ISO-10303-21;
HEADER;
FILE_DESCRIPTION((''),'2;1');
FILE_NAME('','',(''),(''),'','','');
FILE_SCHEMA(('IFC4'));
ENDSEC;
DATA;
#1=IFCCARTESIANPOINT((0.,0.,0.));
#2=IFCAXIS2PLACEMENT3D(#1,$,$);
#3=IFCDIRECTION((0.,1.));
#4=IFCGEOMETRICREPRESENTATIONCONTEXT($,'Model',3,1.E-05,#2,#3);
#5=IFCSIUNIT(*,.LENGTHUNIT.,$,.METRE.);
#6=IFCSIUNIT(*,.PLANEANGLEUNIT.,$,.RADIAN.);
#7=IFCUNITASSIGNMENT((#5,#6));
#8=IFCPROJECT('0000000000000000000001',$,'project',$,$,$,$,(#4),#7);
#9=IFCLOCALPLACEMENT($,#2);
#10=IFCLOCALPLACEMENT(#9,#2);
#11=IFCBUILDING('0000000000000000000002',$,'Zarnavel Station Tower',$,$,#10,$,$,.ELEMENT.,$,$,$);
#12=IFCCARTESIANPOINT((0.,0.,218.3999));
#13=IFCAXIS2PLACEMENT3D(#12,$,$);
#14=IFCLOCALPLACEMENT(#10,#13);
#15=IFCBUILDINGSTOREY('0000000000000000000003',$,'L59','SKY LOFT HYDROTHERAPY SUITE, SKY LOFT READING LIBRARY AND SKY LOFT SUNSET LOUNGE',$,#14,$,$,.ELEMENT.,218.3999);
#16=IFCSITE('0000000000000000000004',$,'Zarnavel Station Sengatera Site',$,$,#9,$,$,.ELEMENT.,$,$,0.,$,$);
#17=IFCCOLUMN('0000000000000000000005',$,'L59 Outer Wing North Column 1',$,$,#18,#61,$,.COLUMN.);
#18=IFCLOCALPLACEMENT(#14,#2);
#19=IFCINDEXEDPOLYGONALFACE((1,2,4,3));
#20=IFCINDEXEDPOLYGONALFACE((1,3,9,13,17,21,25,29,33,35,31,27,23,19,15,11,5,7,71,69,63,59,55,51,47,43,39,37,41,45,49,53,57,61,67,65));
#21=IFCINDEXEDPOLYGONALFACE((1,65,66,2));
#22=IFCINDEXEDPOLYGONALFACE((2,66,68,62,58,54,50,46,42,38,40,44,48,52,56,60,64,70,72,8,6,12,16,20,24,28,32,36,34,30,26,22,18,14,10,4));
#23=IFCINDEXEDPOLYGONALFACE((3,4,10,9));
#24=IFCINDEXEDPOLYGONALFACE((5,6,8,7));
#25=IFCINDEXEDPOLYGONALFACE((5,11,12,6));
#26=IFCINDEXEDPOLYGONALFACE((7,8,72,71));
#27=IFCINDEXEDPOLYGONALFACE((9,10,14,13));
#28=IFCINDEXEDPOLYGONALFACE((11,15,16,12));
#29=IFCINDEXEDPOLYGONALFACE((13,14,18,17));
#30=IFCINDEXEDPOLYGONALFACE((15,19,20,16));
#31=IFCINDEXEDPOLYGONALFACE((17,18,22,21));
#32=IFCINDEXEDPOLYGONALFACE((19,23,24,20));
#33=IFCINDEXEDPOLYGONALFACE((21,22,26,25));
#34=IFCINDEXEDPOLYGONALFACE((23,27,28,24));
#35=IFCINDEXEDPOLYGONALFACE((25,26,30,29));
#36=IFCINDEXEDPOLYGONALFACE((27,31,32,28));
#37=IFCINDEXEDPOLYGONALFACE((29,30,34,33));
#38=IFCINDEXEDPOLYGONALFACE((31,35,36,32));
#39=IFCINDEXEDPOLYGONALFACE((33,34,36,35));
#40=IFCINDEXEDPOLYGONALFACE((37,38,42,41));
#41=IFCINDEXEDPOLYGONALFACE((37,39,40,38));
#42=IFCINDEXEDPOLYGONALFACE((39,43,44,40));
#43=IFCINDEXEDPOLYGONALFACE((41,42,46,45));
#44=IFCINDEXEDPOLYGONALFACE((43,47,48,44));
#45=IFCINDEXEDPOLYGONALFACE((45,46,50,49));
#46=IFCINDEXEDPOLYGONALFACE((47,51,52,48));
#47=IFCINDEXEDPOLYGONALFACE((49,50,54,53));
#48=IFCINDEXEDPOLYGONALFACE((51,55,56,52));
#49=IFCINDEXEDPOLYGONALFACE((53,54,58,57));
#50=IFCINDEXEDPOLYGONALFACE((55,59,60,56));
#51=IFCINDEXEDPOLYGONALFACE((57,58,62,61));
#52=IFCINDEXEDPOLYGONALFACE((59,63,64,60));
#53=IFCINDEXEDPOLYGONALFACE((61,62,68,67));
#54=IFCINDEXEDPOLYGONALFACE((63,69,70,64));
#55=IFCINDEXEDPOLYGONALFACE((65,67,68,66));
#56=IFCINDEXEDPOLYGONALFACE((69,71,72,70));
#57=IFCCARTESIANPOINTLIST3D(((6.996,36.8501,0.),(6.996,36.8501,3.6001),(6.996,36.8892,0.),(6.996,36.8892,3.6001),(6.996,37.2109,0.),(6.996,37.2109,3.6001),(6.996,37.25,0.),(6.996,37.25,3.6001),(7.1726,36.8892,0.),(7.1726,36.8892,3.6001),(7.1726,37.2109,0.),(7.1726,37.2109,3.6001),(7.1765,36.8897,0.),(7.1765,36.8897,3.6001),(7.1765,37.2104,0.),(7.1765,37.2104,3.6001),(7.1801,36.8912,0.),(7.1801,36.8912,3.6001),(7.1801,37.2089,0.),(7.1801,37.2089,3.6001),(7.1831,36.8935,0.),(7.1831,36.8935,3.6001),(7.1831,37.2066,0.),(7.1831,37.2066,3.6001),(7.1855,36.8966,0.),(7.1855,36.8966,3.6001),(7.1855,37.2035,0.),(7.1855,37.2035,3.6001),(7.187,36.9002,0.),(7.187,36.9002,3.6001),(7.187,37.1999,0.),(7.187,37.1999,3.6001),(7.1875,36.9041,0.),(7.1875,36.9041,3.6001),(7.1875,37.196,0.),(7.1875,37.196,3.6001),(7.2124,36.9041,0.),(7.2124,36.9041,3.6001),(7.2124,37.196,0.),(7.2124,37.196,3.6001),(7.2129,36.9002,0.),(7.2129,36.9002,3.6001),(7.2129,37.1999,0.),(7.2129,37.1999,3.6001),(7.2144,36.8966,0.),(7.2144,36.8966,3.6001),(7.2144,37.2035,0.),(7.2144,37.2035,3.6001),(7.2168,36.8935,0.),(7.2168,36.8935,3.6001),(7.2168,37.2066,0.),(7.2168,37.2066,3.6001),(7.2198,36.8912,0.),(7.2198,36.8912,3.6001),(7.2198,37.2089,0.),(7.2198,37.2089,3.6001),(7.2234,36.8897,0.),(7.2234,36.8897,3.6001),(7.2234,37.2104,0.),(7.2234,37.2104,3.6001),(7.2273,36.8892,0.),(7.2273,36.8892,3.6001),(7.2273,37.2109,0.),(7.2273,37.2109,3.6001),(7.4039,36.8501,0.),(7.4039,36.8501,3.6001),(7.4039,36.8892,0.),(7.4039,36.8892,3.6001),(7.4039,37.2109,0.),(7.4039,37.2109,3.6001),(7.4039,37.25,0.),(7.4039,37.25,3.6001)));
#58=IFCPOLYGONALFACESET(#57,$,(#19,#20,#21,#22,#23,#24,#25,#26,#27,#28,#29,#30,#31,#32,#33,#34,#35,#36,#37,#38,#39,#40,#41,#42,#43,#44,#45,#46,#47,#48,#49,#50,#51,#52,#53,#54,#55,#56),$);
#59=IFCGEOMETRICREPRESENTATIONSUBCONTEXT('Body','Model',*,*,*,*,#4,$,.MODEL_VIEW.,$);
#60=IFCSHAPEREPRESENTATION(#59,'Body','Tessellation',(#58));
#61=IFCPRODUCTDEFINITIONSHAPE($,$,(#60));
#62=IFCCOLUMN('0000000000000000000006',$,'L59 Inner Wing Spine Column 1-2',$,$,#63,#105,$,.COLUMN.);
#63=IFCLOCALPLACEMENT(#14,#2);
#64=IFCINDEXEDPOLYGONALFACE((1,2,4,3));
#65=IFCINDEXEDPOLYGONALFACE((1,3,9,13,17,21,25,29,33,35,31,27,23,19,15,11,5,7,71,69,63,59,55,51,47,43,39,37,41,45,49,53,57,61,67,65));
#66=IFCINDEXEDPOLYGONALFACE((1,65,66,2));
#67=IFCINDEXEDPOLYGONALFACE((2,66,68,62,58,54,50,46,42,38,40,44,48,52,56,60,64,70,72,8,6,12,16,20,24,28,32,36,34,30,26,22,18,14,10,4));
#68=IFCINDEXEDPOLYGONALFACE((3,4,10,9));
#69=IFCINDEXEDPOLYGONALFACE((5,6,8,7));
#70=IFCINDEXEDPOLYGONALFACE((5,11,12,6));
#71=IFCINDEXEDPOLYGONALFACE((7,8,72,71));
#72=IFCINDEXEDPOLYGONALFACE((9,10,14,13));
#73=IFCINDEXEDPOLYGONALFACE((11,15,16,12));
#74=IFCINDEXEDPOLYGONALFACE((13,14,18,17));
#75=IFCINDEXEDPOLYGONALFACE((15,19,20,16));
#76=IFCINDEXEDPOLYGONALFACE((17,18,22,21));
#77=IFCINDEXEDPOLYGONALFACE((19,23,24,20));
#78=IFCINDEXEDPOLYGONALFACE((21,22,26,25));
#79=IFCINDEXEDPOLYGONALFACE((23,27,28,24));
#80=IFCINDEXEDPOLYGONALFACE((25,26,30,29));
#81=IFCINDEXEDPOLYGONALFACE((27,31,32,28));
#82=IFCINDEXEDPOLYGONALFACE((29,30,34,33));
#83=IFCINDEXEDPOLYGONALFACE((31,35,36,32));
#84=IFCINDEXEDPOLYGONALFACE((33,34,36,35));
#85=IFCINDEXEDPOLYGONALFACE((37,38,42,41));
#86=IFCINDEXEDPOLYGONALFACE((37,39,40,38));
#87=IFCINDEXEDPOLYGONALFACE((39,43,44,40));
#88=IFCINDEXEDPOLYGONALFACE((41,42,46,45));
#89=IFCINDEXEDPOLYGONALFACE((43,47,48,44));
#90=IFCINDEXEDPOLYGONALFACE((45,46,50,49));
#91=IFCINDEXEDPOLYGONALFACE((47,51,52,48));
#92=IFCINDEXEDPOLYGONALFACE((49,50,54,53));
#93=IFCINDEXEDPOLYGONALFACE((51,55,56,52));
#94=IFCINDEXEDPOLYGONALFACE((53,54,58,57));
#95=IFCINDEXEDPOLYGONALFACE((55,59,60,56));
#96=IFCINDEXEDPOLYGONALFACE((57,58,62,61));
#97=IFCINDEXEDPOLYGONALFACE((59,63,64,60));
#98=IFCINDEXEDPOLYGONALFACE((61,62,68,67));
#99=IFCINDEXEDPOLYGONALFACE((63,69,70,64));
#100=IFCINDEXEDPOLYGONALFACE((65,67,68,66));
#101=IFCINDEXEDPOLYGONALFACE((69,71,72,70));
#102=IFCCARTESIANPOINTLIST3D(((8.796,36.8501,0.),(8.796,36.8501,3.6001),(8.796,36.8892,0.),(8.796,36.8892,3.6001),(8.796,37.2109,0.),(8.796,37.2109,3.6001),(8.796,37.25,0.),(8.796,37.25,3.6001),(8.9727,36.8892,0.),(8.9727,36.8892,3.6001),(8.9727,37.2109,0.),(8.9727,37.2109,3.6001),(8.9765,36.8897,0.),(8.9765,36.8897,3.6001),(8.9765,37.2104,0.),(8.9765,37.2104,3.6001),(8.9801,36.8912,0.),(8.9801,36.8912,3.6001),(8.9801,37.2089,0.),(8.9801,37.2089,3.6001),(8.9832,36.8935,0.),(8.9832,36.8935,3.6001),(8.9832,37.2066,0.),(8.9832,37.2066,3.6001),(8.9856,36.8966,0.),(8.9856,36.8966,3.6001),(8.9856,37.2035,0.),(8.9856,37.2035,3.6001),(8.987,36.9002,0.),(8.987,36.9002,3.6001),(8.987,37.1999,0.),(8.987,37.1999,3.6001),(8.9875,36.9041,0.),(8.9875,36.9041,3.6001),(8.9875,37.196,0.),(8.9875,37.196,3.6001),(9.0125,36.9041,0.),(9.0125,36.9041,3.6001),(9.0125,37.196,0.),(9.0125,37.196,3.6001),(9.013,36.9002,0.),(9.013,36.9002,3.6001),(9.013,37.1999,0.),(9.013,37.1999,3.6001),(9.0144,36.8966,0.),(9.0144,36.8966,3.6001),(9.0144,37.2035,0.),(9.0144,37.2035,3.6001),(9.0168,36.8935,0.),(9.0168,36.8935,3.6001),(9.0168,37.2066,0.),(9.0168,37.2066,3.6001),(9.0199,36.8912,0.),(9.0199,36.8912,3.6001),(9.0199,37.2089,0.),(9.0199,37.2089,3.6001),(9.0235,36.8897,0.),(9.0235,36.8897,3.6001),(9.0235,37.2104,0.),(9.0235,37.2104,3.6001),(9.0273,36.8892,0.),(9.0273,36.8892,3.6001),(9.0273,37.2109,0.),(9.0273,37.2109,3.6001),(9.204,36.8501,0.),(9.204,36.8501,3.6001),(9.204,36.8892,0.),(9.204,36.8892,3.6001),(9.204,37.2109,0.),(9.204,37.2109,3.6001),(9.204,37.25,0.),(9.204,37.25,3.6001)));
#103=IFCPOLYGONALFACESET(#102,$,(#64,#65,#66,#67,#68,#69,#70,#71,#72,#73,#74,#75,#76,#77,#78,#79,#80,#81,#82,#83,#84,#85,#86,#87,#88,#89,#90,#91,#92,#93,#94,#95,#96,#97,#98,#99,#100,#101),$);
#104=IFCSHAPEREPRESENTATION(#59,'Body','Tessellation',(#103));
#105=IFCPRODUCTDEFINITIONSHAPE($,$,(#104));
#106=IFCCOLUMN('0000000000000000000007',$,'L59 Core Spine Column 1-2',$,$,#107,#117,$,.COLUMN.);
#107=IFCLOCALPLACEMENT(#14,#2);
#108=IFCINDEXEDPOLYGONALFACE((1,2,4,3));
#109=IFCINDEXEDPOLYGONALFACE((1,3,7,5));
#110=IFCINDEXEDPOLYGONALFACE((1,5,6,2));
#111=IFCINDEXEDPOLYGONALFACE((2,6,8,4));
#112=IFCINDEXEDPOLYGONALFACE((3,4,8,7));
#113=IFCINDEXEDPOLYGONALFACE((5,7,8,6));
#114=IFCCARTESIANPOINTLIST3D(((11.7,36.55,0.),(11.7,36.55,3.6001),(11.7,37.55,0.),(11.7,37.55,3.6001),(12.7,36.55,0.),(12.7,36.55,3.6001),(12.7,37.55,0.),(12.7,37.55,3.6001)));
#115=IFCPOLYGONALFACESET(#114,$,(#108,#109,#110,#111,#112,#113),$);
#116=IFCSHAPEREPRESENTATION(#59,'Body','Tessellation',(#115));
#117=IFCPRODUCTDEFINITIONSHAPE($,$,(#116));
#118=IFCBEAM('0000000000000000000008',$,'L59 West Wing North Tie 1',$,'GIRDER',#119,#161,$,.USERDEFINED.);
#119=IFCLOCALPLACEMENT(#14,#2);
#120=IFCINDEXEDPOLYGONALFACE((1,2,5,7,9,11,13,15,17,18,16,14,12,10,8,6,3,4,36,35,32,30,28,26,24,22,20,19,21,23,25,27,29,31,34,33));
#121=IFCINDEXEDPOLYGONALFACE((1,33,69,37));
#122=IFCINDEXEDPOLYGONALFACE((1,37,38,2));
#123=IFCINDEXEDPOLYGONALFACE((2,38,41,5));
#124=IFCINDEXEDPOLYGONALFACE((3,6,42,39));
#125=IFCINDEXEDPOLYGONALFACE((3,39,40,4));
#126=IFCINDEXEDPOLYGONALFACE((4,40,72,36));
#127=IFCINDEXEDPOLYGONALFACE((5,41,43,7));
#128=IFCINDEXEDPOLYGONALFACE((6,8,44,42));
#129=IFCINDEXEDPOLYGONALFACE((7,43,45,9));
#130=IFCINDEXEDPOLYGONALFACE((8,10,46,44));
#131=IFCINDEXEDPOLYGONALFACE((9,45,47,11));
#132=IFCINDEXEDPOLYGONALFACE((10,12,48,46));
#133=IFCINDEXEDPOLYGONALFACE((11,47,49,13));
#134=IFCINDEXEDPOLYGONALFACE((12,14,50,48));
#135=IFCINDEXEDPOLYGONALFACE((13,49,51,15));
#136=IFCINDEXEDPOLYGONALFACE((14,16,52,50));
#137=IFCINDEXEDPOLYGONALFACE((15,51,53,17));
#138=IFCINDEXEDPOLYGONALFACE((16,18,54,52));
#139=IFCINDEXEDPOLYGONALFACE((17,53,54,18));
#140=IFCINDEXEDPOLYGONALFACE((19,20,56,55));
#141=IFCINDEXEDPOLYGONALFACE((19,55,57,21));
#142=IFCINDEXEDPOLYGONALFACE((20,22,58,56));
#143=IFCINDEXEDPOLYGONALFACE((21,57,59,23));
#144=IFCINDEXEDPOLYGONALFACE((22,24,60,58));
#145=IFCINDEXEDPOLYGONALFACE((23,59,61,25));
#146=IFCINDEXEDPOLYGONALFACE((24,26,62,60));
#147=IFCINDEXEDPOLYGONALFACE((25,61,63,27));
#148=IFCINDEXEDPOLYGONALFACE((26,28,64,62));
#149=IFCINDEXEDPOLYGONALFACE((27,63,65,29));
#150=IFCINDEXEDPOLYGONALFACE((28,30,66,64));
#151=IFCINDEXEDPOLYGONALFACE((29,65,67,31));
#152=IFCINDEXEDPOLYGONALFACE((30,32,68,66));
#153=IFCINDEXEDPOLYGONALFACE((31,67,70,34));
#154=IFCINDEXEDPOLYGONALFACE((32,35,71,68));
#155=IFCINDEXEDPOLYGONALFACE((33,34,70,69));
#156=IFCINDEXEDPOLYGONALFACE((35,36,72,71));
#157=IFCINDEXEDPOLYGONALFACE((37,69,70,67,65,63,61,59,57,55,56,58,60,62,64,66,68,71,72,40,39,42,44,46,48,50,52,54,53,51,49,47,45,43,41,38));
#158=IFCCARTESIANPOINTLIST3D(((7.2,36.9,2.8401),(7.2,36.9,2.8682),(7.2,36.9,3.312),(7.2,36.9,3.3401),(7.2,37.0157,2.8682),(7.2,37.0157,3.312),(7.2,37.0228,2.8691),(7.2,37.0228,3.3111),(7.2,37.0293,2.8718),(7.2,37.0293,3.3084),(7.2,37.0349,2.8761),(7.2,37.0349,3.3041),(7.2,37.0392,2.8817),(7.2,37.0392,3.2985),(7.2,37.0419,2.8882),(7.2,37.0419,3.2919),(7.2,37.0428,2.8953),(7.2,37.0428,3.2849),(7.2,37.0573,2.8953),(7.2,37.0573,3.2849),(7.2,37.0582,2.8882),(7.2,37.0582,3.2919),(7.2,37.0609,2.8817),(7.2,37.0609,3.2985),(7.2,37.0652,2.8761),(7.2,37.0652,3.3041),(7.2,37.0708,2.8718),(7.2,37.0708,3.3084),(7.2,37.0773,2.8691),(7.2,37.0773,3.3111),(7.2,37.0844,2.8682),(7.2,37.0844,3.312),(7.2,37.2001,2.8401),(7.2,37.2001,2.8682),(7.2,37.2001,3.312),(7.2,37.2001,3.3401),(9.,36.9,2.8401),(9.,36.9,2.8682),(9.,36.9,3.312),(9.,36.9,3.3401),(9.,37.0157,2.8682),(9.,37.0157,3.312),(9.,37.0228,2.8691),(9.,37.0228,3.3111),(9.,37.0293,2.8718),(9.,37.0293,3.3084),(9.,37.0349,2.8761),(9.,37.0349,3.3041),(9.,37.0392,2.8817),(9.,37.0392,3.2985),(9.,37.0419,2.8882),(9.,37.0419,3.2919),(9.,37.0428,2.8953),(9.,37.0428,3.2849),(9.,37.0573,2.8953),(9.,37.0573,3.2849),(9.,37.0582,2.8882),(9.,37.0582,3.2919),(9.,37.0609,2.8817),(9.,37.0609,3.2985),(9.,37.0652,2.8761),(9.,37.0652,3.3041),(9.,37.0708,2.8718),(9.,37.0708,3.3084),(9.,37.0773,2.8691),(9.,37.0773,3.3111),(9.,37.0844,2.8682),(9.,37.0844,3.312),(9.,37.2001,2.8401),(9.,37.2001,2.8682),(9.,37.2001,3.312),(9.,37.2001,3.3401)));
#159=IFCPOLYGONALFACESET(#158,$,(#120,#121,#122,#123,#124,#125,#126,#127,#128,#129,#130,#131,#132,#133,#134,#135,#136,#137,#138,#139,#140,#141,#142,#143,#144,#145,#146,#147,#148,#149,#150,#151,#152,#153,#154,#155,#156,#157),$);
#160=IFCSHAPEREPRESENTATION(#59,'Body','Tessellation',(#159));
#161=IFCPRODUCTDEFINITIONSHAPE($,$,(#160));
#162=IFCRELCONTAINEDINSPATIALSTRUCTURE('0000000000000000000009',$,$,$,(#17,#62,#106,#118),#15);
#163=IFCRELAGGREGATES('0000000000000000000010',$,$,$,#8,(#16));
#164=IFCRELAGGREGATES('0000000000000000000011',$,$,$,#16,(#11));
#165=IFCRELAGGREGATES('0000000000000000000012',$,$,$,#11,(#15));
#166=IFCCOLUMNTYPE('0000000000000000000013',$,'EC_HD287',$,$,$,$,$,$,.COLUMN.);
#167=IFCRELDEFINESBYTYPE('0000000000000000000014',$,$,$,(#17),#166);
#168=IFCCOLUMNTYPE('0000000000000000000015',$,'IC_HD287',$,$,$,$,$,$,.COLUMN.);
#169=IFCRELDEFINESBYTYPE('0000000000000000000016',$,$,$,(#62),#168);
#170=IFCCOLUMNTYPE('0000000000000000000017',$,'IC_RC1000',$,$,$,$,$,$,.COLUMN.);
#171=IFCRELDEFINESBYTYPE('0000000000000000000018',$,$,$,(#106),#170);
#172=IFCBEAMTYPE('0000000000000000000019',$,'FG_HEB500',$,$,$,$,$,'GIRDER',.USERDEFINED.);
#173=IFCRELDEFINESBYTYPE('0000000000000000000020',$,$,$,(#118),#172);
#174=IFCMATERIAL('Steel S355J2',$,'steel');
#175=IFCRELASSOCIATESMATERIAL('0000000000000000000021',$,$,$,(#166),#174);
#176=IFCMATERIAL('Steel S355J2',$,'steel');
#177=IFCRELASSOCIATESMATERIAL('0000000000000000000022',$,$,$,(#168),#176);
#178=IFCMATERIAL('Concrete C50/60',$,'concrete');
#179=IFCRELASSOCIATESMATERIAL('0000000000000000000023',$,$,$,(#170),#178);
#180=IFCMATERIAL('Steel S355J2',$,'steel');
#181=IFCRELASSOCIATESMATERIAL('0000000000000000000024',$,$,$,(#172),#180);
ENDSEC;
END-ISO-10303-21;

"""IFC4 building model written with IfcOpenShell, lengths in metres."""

from ifc_helpers import new_model, si_unit, direction, frame, origin, origin_2d, place, context, subcontext, project, spatial, rectangle, i_section, extrude, material, material_profile, profile_set, type_object, element, save


model = new_model("IFC4")

# Units and contexts
model_context = context("Model", 3, precision=1e-05, world=origin(), true_north=direction((0.0, 1.0)))
body_context = subcontext(model_context, "Body", "Model", "MODEL_VIEW")
ifc_project = project(units=[si_unit("LENGTHUNIT", "METRE"), si_unit("PLANEANGLEUNIT", "RADIAN")], contexts=[model_context])

# Site, building, storey
site_placement = place(None, origin())
site = spatial("IfcSite", under=ifc_project, at=site_placement, Name="Zarnavel Station Sengatera Site", CompositionType="ELEMENT", RefElevation=0.0)
building_placement = place(site_placement, origin())
building = spatial("IfcBuilding", under=site, at=building_placement, Name="Zarnavel Station Tower", CompositionType="ELEMENT")
storey_placement = place(building_placement, frame((0.0, 0.0, 218.3999)))
storey = spatial("IfcBuildingStorey", under=building, at=storey_placement, Name="L59", Description="SKY LOFT HYDROTHERAPY SUITE, SKY LOFT READING LIBRARY AND SKY LOFT SUNSET LOUNGE", CompositionType="ELEMENT", Elevation=218.3999)

# Columns
ifc_material_1 = material(Name="Steel S355J2", Category="steel")
ifc_material_profile_1 = material_profile(ifc_material_1, i_section(OverallWidth=0.408, OverallDepth=0.3999, WebThickness=0.0249, FlangeThickness=0.0391, FilletRadius=0.0149, at=origin_2d()), Name="HD400x287")
ifc_profile_set_1 = profile_set([ifc_material_profile_1], Name="Steel S355J2")
column_type_1 = type_object("IfcColumnType", Name="EC_HD287", PredefinedType="COLUMN", material=ifc_profile_set_1)
column_1_placement = place(storey_placement, frame((7.2, 37.05, 0.0), z_axis=(0.0, 0.0, 1.0), x_axis=(1.0, 0.0, 0.0)))
element("IfcColumn", 1, at=column_1_placement, inside=storey, type_object=column_type_1, Name="L59 Outer Wing North Column 1", PredefinedType="COLUMN", context=body_context, shape_type="SweptSolid", body=[
    extrude(i_section(OverallWidth=0.408, OverallDepth=0.3999, WebThickness=0.0249, FlangeThickness=0.0391, FilletRadius=0.0149, at=origin_2d()), origin(), (0.0, 0.0, 1.0), 3.6001),
])
ifc_material_2 = material(Name="Steel S355J2", Category="steel")
ifc_material_profile_2 = material_profile(ifc_material_2, i_section(OverallWidth=0.408, OverallDepth=0.3999, WebThickness=0.0249, FlangeThickness=0.0391, FilletRadius=0.0149, at=origin_2d()), Name="HD400x287")
ifc_profile_set_2 = profile_set([ifc_material_profile_2], Name="Steel S355J2")
column_type_2 = type_object("IfcColumnType", Name="IC_HD287", PredefinedType="COLUMN", material=ifc_profile_set_2)
column_2_placement = place(storey_placement, frame((9.0, 37.05, 0.0), z_axis=(0.0, 0.0, 1.0), x_axis=(1.0, 0.0, 0.0)))
element("IfcColumn", 2, at=column_2_placement, inside=storey, type_object=column_type_2, Name="L59 Inner Wing Spine Column 1-2", PredefinedType="COLUMN", context=body_context, shape_type="SweptSolid", body=[
    extrude(i_section(OverallWidth=0.408, OverallDepth=0.3999, WebThickness=0.0249, FlangeThickness=0.0391, FilletRadius=0.0149, at=origin_2d()), origin(), (0.0, 0.0, 1.0), 3.6001),
])
ifc_material_3 = material(Name="Concrete C50/60", Category="concrete")
ifc_material_profile_3 = material_profile(ifc_material_3, rectangle(XDim=1.0, YDim=1.0, at=origin_2d()), Name="RC1000x1000")
ifc_profile_set_3 = profile_set([ifc_material_profile_3], Name="Concrete C50/60")
column_type_3 = type_object("IfcColumnType", Name="IC_RC1000", PredefinedType="COLUMN", material=ifc_profile_set_3)
column_3_placement = place(storey_placement, frame((12.2, 37.05, 0.0), z_axis=(0.0, 0.0, 1.0), x_axis=(1.0, 0.0, 0.0)))
element("IfcColumn", 3, at=column_3_placement, inside=storey, type_object=column_type_3, Name="L59 Core Spine Column 1-2", PredefinedType="COLUMN", context=body_context, shape_type="SweptSolid", body=[
    extrude(rectangle(XDim=1.0, YDim=1.0, at=origin_2d()), origin(), (0.0, 0.0, 1.0), 3.6001),
])

# Beam
ifc_material_4 = material(Name="Steel S355J2", Category="steel")
ifc_material_profile_4 = material_profile(ifc_material_4, i_section(OverallWidth=0.3, OverallDepth=0.5, WebThickness=0.0144, FlangeThickness=0.0281, FilletRadius=0.0271, at=origin_2d()), Name="HEB500")
ifc_profile_set_4 = profile_set([ifc_material_profile_4], Name="Steel S355J2")
beam_type = type_object("IfcBeamType", Name="FG_HEB500", ElementType="GIRDER", PredefinedType="USERDEFINED", material=ifc_profile_set_4)
beam_1_placement = place(storey_placement, frame((7.2, 37.05, 3.0901), z_axis=(1.0, 0.0, 0.0), x_axis=(0.0, 1.0, 0.0)))
element("IfcBeam", 4, at=beam_1_placement, inside=storey, type_object=beam_type, Name="L59 West Wing North Tie 1", ObjectType="GIRDER", PredefinedType="USERDEFINED", context=body_context, shape_type="SweptSolid", body=[
    extrude(i_section(OverallWidth=0.3, OverallDepth=0.5, WebThickness=0.0144, FlangeThickness=0.0281, FilletRadius=0.0271, at=origin_2d()), origin(), (0.0, 0.0, 1.0), 1.8),
])

save(model, "model.ifc")
